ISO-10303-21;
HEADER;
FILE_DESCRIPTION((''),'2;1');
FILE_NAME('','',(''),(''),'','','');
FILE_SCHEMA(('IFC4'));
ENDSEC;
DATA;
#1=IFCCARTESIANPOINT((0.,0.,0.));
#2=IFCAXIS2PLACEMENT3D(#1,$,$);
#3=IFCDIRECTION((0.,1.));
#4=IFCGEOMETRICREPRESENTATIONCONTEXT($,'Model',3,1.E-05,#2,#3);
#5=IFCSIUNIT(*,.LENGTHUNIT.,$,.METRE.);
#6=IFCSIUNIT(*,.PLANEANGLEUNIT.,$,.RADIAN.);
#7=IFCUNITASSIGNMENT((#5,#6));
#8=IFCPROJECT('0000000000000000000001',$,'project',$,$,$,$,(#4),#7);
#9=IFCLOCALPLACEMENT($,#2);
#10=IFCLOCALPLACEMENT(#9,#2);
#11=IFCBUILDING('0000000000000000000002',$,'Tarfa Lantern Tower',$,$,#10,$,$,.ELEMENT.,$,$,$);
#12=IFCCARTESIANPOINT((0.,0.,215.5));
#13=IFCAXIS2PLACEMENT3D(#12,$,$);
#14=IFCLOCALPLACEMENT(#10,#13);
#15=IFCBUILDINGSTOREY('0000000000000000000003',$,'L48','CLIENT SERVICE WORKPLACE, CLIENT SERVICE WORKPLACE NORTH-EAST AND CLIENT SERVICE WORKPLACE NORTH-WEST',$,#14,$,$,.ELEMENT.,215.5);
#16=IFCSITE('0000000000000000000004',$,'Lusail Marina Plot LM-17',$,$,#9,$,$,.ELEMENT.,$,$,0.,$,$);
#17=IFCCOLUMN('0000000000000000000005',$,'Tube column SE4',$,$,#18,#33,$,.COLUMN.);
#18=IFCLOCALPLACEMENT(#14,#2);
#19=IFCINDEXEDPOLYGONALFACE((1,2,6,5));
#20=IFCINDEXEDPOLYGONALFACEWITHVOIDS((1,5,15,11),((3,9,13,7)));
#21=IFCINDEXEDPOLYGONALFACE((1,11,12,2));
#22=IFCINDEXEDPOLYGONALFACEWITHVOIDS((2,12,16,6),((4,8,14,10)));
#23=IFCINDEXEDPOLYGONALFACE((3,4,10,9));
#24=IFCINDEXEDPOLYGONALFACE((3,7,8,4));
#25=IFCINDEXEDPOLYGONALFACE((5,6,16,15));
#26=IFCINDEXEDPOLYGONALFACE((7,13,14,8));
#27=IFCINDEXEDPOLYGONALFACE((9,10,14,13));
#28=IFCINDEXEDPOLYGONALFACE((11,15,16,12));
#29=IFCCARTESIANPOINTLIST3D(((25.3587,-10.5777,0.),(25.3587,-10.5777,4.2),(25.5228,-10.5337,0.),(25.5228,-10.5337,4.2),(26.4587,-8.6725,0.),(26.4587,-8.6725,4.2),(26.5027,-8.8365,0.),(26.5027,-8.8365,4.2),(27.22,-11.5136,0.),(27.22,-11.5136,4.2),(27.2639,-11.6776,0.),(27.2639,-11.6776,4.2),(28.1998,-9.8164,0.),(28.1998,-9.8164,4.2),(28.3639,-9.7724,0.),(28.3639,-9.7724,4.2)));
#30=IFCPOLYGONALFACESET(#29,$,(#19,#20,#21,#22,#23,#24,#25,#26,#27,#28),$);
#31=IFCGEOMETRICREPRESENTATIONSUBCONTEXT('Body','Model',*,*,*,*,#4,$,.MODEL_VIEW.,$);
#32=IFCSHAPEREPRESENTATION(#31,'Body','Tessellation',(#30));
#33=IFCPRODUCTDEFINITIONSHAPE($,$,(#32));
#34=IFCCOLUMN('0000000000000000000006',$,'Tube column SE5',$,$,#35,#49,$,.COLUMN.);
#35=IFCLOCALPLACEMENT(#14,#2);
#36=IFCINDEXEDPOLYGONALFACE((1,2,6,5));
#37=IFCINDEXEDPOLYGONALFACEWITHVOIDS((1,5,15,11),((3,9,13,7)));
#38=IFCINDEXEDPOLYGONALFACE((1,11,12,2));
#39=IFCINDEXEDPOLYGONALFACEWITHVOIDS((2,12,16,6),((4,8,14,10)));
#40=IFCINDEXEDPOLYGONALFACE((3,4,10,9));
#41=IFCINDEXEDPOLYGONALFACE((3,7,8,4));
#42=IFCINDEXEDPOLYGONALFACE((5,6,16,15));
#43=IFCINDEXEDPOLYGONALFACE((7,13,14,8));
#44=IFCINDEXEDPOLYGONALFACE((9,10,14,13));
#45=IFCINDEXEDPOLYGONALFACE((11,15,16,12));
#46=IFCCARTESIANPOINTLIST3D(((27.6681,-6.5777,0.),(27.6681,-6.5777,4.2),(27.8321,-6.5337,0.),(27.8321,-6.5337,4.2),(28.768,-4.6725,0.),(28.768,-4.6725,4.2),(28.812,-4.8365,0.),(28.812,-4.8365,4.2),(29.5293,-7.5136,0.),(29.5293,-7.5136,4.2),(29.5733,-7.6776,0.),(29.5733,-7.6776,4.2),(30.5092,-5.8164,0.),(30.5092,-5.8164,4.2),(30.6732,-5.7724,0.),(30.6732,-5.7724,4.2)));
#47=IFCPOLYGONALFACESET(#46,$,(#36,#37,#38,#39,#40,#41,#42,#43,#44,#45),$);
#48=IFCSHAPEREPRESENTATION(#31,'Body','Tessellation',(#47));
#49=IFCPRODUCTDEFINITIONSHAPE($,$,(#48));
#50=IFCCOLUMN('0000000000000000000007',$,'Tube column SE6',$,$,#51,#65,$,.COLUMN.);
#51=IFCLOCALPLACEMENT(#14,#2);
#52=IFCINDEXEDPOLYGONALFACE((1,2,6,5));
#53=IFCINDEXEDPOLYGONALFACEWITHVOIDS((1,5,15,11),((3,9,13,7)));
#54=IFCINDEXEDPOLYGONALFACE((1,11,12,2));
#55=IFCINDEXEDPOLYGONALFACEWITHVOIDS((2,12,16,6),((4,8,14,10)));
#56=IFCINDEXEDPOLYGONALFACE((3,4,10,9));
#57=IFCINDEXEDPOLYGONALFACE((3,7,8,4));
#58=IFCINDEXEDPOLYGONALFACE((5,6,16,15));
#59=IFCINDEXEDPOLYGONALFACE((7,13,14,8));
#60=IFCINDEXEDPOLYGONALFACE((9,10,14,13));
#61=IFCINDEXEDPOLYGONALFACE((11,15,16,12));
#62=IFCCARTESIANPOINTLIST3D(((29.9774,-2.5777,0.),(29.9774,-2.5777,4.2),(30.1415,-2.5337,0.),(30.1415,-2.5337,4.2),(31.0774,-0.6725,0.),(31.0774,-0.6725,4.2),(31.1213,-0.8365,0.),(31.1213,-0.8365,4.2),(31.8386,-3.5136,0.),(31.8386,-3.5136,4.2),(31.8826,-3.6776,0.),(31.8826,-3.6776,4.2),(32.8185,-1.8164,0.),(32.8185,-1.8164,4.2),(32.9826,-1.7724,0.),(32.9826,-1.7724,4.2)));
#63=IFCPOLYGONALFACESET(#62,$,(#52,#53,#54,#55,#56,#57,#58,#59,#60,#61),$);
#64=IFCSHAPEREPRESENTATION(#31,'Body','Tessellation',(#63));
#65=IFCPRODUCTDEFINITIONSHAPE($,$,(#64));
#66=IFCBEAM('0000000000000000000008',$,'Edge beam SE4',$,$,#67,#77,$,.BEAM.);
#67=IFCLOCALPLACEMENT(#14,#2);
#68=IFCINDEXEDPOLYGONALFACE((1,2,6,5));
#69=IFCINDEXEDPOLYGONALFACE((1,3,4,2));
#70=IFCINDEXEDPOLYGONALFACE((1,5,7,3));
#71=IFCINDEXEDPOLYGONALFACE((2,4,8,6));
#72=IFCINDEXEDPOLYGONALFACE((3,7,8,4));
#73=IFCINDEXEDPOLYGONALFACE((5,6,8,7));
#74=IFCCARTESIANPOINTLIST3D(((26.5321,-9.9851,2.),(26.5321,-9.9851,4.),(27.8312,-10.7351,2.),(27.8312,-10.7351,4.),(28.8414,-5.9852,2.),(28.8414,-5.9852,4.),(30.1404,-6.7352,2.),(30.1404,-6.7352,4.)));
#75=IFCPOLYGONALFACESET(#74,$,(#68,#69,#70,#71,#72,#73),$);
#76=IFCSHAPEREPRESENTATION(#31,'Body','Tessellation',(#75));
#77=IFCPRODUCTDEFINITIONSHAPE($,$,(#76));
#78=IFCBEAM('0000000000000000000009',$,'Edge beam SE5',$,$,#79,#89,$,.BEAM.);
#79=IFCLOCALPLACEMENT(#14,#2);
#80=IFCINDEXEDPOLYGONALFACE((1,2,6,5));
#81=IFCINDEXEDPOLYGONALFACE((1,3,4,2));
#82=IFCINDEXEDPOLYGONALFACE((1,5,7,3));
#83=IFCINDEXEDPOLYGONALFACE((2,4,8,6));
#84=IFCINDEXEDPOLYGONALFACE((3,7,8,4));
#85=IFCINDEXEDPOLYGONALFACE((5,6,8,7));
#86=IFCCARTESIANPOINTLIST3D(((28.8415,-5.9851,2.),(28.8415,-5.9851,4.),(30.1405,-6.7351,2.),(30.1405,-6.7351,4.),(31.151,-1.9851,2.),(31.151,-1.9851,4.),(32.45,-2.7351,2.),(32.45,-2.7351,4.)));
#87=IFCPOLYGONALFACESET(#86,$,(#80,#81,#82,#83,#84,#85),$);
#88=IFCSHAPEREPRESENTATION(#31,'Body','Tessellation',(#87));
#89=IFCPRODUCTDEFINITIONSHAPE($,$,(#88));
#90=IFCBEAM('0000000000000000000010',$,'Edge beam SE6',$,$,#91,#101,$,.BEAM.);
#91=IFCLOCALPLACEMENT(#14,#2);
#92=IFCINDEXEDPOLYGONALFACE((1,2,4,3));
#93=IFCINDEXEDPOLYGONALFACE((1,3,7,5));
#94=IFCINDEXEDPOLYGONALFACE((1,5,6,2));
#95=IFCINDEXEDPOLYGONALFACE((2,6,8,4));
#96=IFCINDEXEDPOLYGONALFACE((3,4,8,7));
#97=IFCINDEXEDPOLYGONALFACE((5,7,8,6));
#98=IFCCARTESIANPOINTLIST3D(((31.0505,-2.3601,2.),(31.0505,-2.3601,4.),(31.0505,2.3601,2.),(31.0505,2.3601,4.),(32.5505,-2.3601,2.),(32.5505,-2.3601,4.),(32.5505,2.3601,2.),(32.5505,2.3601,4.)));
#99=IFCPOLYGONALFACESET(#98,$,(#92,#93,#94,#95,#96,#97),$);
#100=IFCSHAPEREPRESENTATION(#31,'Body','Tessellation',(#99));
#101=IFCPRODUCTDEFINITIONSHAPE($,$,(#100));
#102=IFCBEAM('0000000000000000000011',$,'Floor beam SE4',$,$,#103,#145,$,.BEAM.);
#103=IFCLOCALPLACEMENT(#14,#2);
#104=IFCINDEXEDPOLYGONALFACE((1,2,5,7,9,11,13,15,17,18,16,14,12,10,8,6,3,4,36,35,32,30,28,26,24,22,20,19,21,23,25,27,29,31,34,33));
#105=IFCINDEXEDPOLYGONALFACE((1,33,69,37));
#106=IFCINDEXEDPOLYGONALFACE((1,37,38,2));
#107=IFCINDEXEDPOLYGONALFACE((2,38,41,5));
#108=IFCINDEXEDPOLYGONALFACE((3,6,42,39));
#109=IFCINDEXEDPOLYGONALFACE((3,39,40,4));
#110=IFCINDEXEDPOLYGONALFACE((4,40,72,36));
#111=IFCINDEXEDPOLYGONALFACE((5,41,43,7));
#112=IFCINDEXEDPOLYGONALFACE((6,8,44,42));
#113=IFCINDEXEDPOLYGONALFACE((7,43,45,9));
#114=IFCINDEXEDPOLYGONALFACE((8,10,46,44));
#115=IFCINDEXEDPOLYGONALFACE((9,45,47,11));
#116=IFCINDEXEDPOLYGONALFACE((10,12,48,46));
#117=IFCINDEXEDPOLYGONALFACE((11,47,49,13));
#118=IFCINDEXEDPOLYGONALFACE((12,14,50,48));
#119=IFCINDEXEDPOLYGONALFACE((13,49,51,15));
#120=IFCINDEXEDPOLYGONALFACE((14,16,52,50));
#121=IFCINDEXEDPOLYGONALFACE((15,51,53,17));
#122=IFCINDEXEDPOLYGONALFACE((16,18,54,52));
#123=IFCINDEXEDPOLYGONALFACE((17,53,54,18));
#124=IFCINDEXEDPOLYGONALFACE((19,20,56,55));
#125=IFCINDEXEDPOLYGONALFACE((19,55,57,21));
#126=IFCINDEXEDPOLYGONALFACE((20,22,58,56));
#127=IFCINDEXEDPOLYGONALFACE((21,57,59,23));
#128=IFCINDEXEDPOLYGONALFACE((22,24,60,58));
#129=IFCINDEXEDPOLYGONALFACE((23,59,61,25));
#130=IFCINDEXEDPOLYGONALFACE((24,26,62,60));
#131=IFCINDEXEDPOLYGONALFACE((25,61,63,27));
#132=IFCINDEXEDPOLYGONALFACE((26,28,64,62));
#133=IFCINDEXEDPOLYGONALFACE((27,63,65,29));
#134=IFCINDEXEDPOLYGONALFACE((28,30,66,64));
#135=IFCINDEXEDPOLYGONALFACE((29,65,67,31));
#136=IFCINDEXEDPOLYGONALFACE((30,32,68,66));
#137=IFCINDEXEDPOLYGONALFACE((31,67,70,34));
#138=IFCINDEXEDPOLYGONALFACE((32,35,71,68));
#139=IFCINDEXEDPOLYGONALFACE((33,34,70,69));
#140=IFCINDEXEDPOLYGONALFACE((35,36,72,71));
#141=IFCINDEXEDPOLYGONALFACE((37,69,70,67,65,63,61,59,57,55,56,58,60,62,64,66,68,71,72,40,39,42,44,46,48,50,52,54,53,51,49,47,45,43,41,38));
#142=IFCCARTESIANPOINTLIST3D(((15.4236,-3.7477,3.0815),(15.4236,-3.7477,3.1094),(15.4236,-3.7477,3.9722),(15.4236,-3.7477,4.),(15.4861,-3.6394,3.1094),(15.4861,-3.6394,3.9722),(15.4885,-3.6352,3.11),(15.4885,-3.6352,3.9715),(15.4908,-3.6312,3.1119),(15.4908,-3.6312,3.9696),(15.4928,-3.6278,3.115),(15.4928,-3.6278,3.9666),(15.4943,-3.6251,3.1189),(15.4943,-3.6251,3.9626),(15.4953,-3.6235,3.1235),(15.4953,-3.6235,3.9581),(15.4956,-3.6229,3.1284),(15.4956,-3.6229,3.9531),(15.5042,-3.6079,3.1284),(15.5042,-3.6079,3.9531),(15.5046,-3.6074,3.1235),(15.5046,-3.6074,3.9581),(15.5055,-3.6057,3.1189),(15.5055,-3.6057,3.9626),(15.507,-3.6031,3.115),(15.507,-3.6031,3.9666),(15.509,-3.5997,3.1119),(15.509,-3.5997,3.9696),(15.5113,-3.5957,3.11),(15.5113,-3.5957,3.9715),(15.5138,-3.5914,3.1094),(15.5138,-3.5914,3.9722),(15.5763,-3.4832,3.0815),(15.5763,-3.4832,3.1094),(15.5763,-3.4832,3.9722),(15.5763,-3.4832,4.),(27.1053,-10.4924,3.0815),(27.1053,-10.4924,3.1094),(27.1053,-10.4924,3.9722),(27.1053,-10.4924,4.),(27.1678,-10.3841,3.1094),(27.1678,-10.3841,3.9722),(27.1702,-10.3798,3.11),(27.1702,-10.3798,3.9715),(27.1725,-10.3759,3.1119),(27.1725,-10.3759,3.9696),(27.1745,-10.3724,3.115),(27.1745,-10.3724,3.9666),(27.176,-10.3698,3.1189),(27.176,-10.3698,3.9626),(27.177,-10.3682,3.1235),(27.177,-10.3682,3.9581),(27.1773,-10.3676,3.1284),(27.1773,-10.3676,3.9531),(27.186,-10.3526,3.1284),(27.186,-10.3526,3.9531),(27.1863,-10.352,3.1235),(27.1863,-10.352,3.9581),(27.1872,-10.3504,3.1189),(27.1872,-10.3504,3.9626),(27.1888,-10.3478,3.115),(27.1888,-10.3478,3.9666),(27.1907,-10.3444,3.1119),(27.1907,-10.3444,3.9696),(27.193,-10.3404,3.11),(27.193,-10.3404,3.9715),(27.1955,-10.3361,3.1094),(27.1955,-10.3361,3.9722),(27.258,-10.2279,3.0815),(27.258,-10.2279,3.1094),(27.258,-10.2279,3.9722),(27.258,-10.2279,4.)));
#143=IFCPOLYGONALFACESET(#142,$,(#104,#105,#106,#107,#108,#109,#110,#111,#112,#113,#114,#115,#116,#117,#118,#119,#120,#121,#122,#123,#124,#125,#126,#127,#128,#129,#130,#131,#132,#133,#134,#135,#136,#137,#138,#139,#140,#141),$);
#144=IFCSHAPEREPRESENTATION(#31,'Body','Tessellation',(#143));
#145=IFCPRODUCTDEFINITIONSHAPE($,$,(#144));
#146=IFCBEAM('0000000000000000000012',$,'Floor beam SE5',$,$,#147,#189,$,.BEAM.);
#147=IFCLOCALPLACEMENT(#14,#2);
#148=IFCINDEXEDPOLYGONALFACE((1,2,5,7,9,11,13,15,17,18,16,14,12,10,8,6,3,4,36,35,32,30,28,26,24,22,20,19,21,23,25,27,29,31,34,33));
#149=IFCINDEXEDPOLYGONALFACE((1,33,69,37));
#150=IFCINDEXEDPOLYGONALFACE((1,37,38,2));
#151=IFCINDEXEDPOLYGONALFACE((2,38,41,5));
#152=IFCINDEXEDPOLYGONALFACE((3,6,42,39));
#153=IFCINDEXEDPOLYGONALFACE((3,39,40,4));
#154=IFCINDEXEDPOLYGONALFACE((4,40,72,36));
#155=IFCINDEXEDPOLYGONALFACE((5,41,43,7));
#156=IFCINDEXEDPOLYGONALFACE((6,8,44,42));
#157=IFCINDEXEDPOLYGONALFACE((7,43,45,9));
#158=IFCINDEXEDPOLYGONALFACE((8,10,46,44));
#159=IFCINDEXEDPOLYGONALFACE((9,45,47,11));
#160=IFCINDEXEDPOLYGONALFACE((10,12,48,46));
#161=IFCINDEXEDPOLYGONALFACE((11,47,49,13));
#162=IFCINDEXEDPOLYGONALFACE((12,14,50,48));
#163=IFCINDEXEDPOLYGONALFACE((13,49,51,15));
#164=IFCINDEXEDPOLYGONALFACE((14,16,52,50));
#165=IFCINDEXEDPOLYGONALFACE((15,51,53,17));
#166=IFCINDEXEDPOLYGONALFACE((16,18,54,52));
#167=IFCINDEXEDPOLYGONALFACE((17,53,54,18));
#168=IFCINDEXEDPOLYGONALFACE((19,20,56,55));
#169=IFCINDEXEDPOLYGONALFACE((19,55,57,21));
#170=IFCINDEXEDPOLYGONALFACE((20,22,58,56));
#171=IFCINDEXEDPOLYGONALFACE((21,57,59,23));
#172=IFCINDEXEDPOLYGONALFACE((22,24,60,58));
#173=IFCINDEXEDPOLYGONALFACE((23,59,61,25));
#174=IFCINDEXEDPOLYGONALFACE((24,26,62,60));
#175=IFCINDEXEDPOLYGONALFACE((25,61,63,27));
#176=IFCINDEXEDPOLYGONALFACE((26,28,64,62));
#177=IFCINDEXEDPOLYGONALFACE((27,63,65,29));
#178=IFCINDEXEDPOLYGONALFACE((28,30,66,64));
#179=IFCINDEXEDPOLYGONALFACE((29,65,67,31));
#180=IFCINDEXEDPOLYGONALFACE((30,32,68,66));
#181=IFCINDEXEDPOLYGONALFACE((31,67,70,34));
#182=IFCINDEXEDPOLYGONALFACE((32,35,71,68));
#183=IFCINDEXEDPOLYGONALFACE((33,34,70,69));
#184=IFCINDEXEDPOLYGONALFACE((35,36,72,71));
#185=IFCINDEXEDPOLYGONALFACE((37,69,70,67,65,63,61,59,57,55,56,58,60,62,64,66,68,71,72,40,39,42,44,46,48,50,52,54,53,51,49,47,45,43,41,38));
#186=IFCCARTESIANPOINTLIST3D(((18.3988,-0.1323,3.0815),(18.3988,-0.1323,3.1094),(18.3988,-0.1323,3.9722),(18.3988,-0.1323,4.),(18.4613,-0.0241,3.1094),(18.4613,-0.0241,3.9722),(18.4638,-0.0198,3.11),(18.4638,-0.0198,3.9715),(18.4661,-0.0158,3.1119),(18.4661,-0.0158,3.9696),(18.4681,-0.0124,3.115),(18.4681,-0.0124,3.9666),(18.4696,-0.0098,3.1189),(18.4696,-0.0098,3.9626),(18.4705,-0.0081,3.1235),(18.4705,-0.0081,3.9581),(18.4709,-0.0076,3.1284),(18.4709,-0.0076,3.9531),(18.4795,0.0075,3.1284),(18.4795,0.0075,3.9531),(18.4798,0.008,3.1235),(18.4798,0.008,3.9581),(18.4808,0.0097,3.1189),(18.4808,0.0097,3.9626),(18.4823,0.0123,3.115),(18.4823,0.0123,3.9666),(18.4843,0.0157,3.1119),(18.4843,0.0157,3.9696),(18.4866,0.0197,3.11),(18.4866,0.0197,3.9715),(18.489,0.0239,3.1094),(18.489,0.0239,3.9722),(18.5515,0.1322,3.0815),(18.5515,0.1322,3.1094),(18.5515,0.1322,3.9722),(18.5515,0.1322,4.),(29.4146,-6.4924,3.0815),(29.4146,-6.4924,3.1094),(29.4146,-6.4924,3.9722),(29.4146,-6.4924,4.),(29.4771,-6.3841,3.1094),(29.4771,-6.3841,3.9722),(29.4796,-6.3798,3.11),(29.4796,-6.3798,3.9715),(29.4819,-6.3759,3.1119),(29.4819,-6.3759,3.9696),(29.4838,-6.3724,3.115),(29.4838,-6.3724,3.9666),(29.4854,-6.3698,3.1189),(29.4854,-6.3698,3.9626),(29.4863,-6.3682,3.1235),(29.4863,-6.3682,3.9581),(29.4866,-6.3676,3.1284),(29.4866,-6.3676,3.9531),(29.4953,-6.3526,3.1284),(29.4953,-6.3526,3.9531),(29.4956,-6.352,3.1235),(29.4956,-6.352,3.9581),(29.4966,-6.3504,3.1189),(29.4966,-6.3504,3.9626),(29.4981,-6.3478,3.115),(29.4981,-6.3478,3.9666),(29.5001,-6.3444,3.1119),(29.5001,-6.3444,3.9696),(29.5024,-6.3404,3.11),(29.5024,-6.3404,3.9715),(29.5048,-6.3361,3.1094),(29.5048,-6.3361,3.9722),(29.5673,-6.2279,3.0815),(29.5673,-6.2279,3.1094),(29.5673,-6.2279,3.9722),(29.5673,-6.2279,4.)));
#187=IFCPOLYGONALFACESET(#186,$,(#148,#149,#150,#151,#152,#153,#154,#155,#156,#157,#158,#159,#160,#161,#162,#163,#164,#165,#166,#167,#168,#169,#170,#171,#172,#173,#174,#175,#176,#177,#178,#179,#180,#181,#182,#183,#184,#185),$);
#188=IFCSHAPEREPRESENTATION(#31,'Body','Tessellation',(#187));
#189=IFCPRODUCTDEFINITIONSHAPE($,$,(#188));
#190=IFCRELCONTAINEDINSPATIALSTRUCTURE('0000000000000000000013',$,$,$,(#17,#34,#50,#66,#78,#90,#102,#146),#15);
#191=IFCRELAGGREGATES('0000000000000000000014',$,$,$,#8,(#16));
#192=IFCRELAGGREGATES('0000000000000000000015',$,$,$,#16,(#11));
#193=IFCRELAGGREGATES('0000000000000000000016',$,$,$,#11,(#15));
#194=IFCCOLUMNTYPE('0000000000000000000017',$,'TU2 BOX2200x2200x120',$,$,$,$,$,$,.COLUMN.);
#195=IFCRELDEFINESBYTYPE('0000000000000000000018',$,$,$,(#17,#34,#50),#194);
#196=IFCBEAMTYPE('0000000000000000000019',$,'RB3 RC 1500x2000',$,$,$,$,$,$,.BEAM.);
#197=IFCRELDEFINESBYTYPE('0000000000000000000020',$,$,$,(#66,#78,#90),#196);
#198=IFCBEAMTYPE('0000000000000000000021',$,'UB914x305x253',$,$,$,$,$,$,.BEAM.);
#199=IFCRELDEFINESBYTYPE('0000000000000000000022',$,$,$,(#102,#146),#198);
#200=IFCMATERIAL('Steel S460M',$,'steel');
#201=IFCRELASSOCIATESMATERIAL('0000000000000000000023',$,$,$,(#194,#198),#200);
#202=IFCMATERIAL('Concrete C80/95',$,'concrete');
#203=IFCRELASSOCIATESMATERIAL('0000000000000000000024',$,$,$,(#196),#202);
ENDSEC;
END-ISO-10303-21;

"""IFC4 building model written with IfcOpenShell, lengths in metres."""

from ifc_helpers import new_model, si_unit, direction, frame, origin, origin_2d, place, context, subcontext, project, spatial, rectangle, hollow_rectangle, i_section, extrude, material, material_profile, profile_set, type_object, element, save


model = new_model("IFC4")

# Units and contexts
model_context = context("Model", 3, precision=1e-05, world=origin(), true_north=direction((0.0, 1.0)))
body_context = subcontext(model_context, "Body", "Model", "MODEL_VIEW")
ifc_project = project(units=[si_unit("LENGTHUNIT", "METRE"), si_unit("PLANEANGLEUNIT", "RADIAN")], contexts=[model_context])

# Site, building, storey
site_placement = place(None, origin())
site = spatial("IfcSite", under=ifc_project, at=site_placement, Name="Lusail Marina Plot LM-17", CompositionType="ELEMENT", RefElevation=0.0)
building_placement = place(site_placement, origin())
building = spatial("IfcBuilding", under=site, at=building_placement, Name="Tarfa Lantern Tower", CompositionType="ELEMENT")
storey_placement = place(building_placement, frame((0.0, 0.0, 215.5)))
storey = spatial("IfcBuildingStorey", under=building, at=storey_placement, Name="L48", Description="CLIENT SERVICE WORKPLACE, CLIENT SERVICE WORKPLACE NORTH-EAST AND CLIENT SERVICE WORKPLACE NORTH-WEST", CompositionType="ELEMENT", Elevation=215.5)

# Columns
ifc_material_1 = material(Name="Steel S460M", Category="steel")
ifc_material_profile_1 = material_profile(ifc_material_1, hollow_rectangle(XDim=2.2, YDim=2.2, WallThickness=0.1201, at=origin_2d()), Name="BOX2200x2200x120")
ifc_profile_set_1 = profile_set([ifc_material_profile_1], Name="Steel S460M")
column_type = type_object("IfcColumnType", Name="TU2 BOX2200x2200x120", PredefinedType="COLUMN", material=ifc_profile_set_1)
for number, where, z_axis, x_axis, name in (
    (1, (26.8613, -10.175, 0.0), (0.0, 0.0, 1.0), (0.5, 0.866025, 0.0), "Tube column SE4"),
    (2, (29.1707, -6.175, 0.0), (0.0, 0.0, 1.0), (0.5, 0.866025, 0.0), "Tube column SE5"),
    (3, (31.48, -2.175, 0.0), (0.0, 0.0, 1.0), (0.5, 0.866025, 0.0), "Tube column SE6"),
):
    element("IfcColumn", number, at=place(storey_placement, frame(where, z_axis=z_axis, x_axis=x_axis)), inside=storey, type_object=column_type, Name=name, PredefinedType="COLUMN", context=body_context, shape_type="SweptSolid", body=[
        extrude(hollow_rectangle(XDim=2.2, YDim=2.2, WallThickness=0.1201, at=origin_2d()), origin(), (0.0, 0.0, 1.0), 4.2),
    ])

# Beams
ifc_material_2 = material(Name="Concrete C80/95", Category="concrete")
ifc_material_profile_2 = material_profile(ifc_material_2, rectangle(XDim=1.5, YDim=2.0, at=origin_2d()), Name="RC 1500x2000")
ifc_profile_set_2 = profile_set([ifc_material_profile_2], Name="Concrete C80/95")
beam_type_1 = type_object("IfcBeamType", Name="RB3 RC 1500x2000", PredefinedType="BEAM", material=ifc_profile_set_2)
beam_1_placement = place(storey_placement, frame((27.1816, -10.3601, 3.0), z_axis=(0.499988, 0.866032, 0.0), x_axis=(-0.866032, 0.499988, 0.0)))
element("IfcBeam", 4, at=beam_1_placement, inside=storey, type_object=beam_type_1, Name="Edge beam SE4", PredefinedType="BEAM", context=body_context, shape_type="SweptSolid", body=[
    extrude(rectangle(XDim=1.5, YDim=2.0, at=origin_2d()), origin(), (0.0, 0.0, 1.0), 4.6187),
])
beam_2_placement = place(storey_placement, frame((29.491, -6.3601, 3.0), z_axis=(0.500027, 0.86601, 0.0), x_axis=(-0.86601, 0.500027, 0.0)))
element("IfcBeam", 5, at=beam_2_placement, inside=storey, type_object=beam_type_1, Name="Edge beam SE5", PredefinedType="BEAM", context=body_context, shape_type="SweptSolid", body=[
    extrude(rectangle(XDim=1.5, YDim=2.0, at=origin_2d()), origin(), (0.0, 0.0, 1.0), 4.6189),
])
beam_3_placement = place(storey_placement, frame((31.8005, -2.3601, 3.0), z_axis=(0.0, 1.0, 0.0), x_axis=(-1.0, 0.0, 0.0)))
element("IfcBeam", 6, at=beam_3_placement, inside=storey, type_object=beam_type_1, Name="Edge beam SE6", PredefinedType="BEAM", context=body_context, shape_type="SweptSolid", body=[
    extrude(rectangle(XDim=1.5, YDim=2.0, at=origin_2d()), origin(), (0.0, 0.0, 1.0), 4.7202),
])
ifc_material_profile_3 = material_profile(ifc_material_1, i_section(OverallWidth=0.3054, OverallDepth=0.9185, WebThickness=0.0173, FlangeThickness=0.0278, FilletRadius=0.019, at=origin_2d()), Name="UB914x305x253")
ifc_profile_set_3 = profile_set([ifc_material_profile_3], Name="Steel S460M")
beam_type_2 = type_object("IfcBeamType", Name="UB914x305x253", PredefinedType="BEAM", material=ifc_profile_set_3)
beam_4_placement = place(storey_placement, frame((27.1816, -10.3601, 3.5408), z_axis=(-0.866018, 0.500013, 0.0), x_axis=(-0.500013, -0.866018, 0.0)))
element("IfcBeam", 7, at=beam_4_placement, inside=storey, type_object=beam_type_2, Name="Floor beam SE4", PredefinedType="BEAM", context=body_context, shape_type="SweptSolid", body=[
    extrude(i_section(OverallWidth=0.3054, OverallDepth=0.9185, WebThickness=0.0173, FlangeThickness=0.0278, FilletRadius=0.019, at=origin_2d()), origin(), (0.0, 0.0, 1.0), 13.489),
])
beam_5_placement = place(storey_placement, frame((29.491, -6.3601, 3.5408), z_axis=(-0.866022, 0.500005, 0.0), x_axis=(-0.500005, -0.866022, 0.0)))
element("IfcBeam", 8, at=beam_5_placement, inside=storey, type_object=beam_type_2, Name="Floor beam SE5", PredefinedType="BEAM", context=body_context, shape_type="SweptSolid", body=[
    extrude(i_section(OverallWidth=0.3054, OverallDepth=0.9185, WebThickness=0.0173, FlangeThickness=0.0278, FilletRadius=0.019, at=origin_2d()), origin(), (0.0, 0.0, 1.0), 12.72),
])

save(model, "model.ifc")
